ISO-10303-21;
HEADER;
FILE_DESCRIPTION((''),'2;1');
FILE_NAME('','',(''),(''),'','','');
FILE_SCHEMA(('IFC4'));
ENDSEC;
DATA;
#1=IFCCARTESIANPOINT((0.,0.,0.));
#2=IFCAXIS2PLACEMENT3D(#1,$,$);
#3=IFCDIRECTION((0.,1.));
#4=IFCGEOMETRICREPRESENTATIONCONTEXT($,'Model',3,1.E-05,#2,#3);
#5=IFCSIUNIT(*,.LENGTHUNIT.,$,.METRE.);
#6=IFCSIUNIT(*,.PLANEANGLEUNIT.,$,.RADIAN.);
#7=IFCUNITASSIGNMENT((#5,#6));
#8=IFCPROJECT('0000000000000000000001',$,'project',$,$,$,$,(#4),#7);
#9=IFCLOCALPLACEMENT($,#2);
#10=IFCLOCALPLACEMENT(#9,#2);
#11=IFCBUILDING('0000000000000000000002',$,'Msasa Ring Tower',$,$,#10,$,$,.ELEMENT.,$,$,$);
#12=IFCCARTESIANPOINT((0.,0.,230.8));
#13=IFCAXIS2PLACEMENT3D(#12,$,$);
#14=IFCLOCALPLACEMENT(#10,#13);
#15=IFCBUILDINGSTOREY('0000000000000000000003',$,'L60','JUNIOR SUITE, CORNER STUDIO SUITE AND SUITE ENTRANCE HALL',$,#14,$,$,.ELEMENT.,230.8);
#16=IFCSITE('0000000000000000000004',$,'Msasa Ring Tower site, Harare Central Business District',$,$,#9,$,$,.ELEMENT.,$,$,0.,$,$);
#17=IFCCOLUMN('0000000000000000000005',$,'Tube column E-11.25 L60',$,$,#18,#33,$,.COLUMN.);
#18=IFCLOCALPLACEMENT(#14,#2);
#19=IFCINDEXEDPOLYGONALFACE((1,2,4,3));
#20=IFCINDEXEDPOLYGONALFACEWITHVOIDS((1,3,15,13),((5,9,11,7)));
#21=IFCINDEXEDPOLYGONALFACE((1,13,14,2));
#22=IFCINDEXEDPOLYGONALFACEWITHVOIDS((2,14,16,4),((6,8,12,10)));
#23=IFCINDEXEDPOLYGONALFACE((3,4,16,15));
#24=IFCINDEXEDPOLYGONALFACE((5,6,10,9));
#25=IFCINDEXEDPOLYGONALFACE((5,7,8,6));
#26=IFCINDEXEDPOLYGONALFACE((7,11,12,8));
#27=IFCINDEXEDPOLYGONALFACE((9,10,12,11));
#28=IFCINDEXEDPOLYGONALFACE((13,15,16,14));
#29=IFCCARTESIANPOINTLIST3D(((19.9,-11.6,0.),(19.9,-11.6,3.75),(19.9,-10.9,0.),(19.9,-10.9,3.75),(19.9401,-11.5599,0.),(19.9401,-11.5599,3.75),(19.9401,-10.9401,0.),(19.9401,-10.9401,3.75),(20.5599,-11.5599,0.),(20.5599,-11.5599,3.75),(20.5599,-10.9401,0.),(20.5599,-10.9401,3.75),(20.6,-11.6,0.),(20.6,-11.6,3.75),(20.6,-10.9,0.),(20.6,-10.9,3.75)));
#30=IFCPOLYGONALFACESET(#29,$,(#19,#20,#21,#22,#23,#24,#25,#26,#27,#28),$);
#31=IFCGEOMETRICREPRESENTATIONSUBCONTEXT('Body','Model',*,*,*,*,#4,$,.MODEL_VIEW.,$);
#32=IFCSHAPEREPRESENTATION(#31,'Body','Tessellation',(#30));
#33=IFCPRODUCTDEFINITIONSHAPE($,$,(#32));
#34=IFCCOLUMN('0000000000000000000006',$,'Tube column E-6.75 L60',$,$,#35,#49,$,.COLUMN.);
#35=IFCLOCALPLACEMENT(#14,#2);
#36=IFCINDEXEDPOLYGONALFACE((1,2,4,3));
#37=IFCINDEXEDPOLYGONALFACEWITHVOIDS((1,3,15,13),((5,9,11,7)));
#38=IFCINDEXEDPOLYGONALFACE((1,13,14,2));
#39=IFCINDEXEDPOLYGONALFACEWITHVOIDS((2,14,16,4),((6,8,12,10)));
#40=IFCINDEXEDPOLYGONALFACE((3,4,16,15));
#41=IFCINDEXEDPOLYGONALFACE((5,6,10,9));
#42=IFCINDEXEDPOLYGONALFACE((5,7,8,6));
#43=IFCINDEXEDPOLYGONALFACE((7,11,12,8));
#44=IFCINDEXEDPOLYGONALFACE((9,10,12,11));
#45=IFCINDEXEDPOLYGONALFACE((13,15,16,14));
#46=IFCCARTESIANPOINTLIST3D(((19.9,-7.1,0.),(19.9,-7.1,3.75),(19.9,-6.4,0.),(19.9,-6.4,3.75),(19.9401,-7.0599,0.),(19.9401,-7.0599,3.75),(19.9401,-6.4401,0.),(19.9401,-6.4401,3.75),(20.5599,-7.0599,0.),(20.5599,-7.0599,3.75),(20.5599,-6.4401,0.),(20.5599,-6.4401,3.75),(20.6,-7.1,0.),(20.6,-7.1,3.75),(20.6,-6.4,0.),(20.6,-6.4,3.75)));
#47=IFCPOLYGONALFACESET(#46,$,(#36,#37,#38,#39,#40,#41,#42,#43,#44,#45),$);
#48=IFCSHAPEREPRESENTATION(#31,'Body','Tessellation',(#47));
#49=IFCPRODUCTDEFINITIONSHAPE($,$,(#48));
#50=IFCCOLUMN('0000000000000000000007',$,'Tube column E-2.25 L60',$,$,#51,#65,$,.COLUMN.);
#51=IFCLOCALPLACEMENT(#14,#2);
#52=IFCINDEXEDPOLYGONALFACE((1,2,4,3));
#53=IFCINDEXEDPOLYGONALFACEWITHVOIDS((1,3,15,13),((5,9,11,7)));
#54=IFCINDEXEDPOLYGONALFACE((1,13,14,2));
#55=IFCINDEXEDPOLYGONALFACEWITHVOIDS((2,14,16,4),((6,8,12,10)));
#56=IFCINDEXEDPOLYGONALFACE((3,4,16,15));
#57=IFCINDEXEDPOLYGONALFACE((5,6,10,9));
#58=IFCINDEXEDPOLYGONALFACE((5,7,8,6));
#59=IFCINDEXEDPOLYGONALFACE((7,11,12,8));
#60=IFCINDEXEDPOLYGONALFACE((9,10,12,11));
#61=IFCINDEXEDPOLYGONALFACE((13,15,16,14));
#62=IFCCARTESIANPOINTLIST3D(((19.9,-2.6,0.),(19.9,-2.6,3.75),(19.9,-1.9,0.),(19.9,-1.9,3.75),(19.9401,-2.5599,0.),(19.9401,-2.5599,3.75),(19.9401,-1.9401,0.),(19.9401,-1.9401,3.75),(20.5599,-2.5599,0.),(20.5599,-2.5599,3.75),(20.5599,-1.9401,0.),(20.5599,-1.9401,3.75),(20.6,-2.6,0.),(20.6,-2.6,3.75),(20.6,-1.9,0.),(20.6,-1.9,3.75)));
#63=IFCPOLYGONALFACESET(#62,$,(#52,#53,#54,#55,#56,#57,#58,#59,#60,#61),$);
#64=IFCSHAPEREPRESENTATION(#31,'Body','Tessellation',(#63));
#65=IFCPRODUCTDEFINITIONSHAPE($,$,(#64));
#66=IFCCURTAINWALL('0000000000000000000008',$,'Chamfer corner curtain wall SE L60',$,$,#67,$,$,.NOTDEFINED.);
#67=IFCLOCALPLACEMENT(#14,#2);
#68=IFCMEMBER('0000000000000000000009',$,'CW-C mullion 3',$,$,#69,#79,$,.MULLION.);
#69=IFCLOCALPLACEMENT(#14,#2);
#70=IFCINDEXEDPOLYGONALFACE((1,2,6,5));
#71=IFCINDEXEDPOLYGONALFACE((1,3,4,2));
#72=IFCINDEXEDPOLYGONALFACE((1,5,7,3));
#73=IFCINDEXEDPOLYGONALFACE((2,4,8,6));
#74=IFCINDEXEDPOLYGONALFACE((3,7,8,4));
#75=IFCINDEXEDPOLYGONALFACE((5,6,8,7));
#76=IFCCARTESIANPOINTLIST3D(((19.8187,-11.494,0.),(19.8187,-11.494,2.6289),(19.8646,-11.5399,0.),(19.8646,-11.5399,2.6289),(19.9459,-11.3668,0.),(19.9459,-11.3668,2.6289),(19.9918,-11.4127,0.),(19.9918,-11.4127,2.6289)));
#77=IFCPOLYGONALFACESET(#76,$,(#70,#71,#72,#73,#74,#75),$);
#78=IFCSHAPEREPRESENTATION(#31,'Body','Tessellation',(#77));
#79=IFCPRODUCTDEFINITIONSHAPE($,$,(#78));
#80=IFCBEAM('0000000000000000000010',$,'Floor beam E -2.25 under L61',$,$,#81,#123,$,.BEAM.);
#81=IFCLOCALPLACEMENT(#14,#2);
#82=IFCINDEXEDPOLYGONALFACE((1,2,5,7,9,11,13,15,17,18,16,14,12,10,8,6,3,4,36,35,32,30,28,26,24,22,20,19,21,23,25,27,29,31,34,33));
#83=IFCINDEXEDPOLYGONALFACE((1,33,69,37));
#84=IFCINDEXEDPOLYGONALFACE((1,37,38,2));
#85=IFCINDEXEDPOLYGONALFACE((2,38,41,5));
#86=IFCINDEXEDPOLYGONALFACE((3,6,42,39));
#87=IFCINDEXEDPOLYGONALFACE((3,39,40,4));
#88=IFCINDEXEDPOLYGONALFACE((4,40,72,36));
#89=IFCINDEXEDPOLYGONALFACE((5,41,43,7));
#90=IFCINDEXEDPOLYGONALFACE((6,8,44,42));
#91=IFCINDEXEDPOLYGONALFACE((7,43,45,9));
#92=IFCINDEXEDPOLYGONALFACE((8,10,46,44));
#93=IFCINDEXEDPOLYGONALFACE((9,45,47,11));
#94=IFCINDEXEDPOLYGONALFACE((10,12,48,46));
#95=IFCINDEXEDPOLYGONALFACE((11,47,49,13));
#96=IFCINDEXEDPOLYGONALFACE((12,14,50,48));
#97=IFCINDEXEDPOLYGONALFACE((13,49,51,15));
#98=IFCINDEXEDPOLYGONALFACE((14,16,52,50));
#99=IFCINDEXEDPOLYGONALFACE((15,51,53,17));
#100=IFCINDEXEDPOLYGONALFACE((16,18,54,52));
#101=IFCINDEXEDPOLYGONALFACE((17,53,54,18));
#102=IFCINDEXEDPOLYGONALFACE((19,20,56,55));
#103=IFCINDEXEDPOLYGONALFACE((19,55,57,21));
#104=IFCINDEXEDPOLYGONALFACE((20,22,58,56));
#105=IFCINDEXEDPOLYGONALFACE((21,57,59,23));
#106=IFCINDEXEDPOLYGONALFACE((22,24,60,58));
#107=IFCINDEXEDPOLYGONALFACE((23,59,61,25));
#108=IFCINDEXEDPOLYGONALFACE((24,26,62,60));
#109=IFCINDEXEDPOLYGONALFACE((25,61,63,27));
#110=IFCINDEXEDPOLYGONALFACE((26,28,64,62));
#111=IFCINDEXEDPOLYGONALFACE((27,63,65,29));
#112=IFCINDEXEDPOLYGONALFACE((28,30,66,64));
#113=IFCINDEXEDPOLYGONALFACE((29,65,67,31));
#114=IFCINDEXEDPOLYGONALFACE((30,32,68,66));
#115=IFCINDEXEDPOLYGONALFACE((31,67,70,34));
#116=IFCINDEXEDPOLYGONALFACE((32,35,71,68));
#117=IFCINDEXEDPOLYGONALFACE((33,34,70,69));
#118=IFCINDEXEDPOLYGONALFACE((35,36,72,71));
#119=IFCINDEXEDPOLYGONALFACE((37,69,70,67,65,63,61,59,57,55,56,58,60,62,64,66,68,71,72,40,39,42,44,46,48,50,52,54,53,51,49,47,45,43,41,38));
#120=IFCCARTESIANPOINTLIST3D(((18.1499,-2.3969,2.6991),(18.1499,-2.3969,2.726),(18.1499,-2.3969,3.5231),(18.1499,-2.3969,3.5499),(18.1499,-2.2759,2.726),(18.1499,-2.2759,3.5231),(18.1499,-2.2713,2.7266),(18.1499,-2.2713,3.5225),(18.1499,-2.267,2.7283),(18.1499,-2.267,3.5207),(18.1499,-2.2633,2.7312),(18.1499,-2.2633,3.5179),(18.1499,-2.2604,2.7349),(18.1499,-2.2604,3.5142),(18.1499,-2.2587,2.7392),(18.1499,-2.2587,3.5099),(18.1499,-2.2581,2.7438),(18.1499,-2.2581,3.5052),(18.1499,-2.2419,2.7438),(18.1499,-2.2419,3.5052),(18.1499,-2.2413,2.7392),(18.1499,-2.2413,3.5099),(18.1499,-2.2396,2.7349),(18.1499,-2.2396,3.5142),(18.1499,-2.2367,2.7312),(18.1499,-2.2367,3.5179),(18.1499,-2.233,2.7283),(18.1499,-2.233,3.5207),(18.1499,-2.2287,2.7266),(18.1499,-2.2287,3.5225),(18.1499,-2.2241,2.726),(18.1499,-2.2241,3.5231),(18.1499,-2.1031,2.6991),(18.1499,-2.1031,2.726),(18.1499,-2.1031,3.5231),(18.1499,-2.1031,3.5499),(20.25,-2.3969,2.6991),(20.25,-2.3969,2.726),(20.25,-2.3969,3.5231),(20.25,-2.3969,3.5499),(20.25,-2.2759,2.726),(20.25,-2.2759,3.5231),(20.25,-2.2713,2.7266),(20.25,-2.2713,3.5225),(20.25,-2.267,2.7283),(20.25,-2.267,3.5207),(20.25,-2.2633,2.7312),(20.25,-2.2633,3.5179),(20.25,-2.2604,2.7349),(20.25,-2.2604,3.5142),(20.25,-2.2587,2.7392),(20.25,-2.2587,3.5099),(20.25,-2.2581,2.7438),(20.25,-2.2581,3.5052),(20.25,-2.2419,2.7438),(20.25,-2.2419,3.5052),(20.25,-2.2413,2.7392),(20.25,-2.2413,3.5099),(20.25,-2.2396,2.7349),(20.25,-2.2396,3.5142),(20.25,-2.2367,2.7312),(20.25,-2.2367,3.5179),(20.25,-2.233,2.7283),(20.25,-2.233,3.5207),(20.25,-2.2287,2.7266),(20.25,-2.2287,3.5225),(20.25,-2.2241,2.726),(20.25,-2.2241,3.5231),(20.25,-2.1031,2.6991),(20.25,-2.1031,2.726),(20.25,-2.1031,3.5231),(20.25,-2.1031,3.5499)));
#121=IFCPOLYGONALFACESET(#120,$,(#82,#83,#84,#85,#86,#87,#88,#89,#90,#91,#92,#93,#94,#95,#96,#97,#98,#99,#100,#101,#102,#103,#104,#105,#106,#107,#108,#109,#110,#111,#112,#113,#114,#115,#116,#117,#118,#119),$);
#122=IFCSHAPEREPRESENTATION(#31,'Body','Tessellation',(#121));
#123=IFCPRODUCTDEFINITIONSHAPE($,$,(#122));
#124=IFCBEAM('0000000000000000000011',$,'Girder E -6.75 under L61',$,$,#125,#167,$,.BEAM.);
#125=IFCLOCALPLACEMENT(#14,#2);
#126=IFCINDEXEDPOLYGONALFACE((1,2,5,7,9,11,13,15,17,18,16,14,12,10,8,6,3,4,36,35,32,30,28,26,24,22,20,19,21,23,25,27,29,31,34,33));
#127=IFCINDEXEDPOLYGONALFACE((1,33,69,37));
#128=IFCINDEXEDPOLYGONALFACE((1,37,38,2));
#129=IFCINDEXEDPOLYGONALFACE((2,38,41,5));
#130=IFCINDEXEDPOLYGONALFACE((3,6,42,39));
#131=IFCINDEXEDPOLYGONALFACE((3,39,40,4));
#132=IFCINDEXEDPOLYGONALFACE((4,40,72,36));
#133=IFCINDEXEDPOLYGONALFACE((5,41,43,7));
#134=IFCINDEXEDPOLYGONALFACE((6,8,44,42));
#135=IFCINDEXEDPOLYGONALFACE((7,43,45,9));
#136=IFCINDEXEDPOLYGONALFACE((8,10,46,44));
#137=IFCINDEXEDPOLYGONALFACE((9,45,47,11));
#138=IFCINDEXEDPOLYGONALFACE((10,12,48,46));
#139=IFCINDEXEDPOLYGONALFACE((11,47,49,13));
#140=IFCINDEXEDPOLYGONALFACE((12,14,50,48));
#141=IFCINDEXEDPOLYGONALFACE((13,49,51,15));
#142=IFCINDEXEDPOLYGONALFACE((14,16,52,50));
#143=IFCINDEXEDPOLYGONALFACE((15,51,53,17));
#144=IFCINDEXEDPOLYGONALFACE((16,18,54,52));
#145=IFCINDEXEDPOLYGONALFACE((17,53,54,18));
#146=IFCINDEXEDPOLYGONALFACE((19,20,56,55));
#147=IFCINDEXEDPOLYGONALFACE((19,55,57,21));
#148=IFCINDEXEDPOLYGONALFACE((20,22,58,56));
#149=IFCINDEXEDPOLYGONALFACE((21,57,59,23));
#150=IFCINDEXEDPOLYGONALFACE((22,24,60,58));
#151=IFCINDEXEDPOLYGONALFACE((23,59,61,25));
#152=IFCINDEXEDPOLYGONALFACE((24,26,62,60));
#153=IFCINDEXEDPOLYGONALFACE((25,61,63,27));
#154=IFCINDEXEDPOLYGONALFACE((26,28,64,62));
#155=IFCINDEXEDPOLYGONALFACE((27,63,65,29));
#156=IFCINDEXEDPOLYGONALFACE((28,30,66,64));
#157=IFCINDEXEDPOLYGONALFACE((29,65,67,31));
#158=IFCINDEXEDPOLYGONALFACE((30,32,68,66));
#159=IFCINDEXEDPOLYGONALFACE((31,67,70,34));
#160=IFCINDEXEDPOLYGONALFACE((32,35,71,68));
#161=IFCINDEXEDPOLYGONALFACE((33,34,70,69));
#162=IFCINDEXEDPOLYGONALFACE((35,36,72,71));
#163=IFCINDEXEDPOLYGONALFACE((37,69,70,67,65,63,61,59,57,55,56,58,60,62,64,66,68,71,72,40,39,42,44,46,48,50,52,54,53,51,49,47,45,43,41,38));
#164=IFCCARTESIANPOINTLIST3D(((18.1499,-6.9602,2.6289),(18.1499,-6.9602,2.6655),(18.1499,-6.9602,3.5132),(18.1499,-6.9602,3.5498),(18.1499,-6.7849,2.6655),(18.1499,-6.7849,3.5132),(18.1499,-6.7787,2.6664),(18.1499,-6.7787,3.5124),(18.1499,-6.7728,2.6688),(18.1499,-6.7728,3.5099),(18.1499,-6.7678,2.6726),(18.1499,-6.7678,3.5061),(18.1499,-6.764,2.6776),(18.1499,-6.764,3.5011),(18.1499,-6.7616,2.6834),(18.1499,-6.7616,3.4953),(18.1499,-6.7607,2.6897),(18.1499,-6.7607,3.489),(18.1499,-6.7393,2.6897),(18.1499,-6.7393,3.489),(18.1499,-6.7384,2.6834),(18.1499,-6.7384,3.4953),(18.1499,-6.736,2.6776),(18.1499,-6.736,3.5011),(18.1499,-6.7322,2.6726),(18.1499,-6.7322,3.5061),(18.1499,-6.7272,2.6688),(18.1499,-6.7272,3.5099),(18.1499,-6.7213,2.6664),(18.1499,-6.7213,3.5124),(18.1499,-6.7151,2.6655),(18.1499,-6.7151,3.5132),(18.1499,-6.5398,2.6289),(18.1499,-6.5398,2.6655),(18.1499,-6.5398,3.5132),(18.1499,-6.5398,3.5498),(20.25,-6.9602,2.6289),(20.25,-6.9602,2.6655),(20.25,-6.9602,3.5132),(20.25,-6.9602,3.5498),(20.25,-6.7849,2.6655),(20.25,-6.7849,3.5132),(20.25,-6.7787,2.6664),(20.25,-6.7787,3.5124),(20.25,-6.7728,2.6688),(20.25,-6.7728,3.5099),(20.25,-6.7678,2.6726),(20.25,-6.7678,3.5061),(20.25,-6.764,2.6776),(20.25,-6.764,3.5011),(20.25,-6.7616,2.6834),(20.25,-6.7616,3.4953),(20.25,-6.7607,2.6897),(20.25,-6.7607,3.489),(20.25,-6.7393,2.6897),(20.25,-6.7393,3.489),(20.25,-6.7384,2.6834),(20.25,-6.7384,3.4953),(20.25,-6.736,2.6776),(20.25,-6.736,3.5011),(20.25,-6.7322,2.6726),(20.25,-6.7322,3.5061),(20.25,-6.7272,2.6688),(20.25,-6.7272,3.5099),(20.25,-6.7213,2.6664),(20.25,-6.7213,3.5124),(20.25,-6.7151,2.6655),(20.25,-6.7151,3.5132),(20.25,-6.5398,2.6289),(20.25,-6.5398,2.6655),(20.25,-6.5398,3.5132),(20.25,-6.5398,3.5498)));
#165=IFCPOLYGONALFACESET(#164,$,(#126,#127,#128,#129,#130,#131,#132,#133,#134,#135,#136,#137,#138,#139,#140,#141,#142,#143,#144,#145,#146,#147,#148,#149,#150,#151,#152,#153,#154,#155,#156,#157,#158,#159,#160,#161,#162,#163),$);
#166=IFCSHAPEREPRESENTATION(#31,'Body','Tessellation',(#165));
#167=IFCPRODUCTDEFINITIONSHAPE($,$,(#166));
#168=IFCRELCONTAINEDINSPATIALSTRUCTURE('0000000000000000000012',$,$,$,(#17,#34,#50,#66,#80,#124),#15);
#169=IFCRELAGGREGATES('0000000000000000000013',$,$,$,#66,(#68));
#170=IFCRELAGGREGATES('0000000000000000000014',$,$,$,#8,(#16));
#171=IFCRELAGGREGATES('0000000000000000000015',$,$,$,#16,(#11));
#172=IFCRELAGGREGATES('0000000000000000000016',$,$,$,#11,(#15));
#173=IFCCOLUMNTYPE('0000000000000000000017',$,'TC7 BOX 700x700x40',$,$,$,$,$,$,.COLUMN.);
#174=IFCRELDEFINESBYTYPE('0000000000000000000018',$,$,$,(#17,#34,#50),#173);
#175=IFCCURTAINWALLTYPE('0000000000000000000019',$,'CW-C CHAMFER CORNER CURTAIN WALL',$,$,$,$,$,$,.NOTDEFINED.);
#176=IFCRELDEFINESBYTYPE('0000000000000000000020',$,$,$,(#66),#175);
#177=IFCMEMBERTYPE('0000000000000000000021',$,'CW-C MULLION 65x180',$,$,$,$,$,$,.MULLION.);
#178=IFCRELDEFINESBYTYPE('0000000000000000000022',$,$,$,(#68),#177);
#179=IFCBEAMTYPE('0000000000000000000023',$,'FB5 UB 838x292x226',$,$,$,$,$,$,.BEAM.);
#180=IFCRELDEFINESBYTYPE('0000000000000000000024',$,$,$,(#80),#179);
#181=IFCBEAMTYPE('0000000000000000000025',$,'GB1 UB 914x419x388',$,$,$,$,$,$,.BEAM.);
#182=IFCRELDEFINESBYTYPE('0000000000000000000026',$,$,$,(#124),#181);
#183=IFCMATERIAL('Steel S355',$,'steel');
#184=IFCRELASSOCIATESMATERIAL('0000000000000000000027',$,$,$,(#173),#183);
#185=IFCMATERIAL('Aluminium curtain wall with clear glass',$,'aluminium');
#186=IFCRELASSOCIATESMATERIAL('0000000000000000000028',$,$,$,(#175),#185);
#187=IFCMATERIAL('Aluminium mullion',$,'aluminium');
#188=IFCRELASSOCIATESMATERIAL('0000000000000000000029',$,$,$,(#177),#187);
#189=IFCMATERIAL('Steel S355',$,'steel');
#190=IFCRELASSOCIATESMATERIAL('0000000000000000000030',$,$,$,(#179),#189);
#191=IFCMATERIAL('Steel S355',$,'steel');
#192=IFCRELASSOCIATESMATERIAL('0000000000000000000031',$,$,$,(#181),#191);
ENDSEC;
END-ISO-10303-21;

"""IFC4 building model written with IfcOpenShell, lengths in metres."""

from ifc_helpers import new_model, si_unit, direction, frame, origin, origin_2d, place, context, subcontext, project, spatial, rectangle, hollow_rectangle, i_section, extrude, material, material_profile, profile_set, type_object, element, aggregate, save


model = new_model("IFC4")

# Units and contexts
model_context = context("Model", 3, precision=1e-05, world=origin(), true_north=direction((0.0, 1.0)))
body_context = subcontext(model_context, "Body", "Model", "MODEL_VIEW")
ifc_project = project(units=[si_unit("LENGTHUNIT", "METRE"), si_unit("PLANEANGLEUNIT", "RADIAN")], contexts=[model_context])

# Site, building, storey
site_placement = place(None, origin())
site = spatial("IfcSite", under=ifc_project, at=site_placement, Name="Msasa Ring Tower site, Harare Central Business District", CompositionType="ELEMENT", RefElevation=0.0)
building_placement = place(site_placement, origin())
building = spatial("IfcBuilding", under=site, at=building_placement, Name="Msasa Ring Tower", CompositionType="ELEMENT")
storey_placement = place(building_placement, frame((0.0, 0.0, 230.8)))
storey = spatial("IfcBuildingStorey", under=building, at=storey_placement, Name="L60", Description="JUNIOR SUITE, CORNER STUDIO SUITE AND SUITE ENTRANCE HALL", CompositionType="ELEMENT", Elevation=230.8)

# Columns
ifc_material_1 = material(Name="Steel S355", Category="steel")
ifc_material_profile_1 = material_profile(ifc_material_1, hollow_rectangle(XDim=0.7, YDim=0.7, WallThickness=0.04, at=origin_2d()), Name="BOX 700x700x40")
ifc_profile_set_1 = profile_set([ifc_material_profile_1], Name="Steel S355")
column_type = type_object("IfcColumnType", Name="TC7 BOX 700x700x40", PredefinedType="COLUMN", material=ifc_profile_set_1)
for number, where, z_axis, x_axis, name in (
    (1, (20.25, -11.25, 0.0), (0.0, 0.0, 1.0), (1.0, 0.0, 0.0), "Tube column E-11.25 L60"),
    (2, (20.25, -6.75, 0.0), (0.0, 0.0, 1.0), (1.0, 0.0, 0.0), "Tube column E-6.75 L60"),
    (3, (20.25, -2.25, 0.0), (0.0, 0.0, 1.0), (1.0, 0.0, 0.0), "Tube column E-2.25 L60"),
):
    element("IfcColumn", number, at=place(storey_placement, frame(where, z_axis=z_axis, x_axis=x_axis)), inside=storey, type_object=column_type, Name=name, PredefinedType="COLUMN", context=body_context, shape_type="SweptSolid", body=[
        extrude(hollow_rectangle(XDim=0.7, YDim=0.7, WallThickness=0.04, at=origin_2d()), origin(), (0.0, 0.0, 1.0), 3.75),
    ])

# Curtain wall, member
ifc_material_2 = material(Name="Aluminium curtain wall with clear glass", Category="aluminium")
curtain_wall_type = type_object("IfcCurtainWallType", Name="CW-C CHAMFER CORNER CURTAIN WALL", PredefinedType="NOTDEFINED", material=ifc_material_2)
curtain_wall_placement = place(storey_placement, origin())
curtain_wall = element("IfcCurtainWall", 4, at=curtain_wall_placement, inside=storey, type_object=curtain_wall_type, Name="Chamfer corner curtain wall SE L60", PredefinedType="NOTDEFINED")
ifc_material_3 = material(Name="Aluminium mullion", Category="aluminium")
ifc_material_profile_2 = material_profile(ifc_material_3, rectangle(XDim=0.0649, YDim=0.1799, at=origin_2d()), Name="AL 65x180")
ifc_profile_set_2 = profile_set([ifc_material_profile_2], Name="Aluminium mullion")
member_type = type_object("IfcMemberType", Name="CW-C MULLION 65x180", PredefinedType="MULLION", material=ifc_profile_set_2)
member_placement = place(storey_placement, frame((19.9053, -11.4534, 0.0), z_axis=(0.0, 0.0, 1.0), x_axis=(-0.707107, 0.707107, 0.0)))
member = element("IfcMember", 5, at=member_placement, type_object=member_type, Name="CW-C mullion 3", PredefinedType="MULLION", context=body_context, shape_type="SweptSolid", body=[
    extrude(rectangle(XDim=0.0649, YDim=0.1799, at=origin_2d()), origin(), (0.0, 0.0, 1.0), 2.6289),
])
aggregate(curtain_wall, [member])

# Beams
ifc_material_4 = material(Name="Steel S355", Category="steel")
ifc_material_profile_3 = material_profile(ifc_material_4, i_section(OverallWidth=0.2937, OverallDepth=0.8508, WebThickness=0.0161, FlangeThickness=0.0269, FilletRadius=0.0178, at=origin_2d()), Name="UB 838x292x226")
ifc_profile_set_3 = profile_set([ifc_material_profile_3], Name="Steel S355")
beam_type_1 = type_object("IfcBeamType", Name="FB5 UB 838x292x226", PredefinedType="BEAM", material=ifc_profile_set_3)
beam_1_placement = place(storey_placement, frame((20.25, -2.25, 3.1245), z_axis=(-1.0, 0.0, 0.0), x_axis=(0.0, -1.0, 0.0)))
element("IfcBeam", 6, at=beam_1_placement, inside=storey, type_object=beam_type_1, Name="Floor beam E -2.25 under L61", PredefinedType="BEAM", context=body_context, shape_type="SweptSolid", body=[
    extrude(i_section(OverallWidth=0.2937, OverallDepth=0.8508, WebThickness=0.0161, FlangeThickness=0.0269, FilletRadius=0.0178, at=origin_2d()), origin(), (0.0, 0.0, 1.0), 2.1001),
])
ifc_material_5 = material(Name="Steel S355", Category="steel")
ifc_material_profile_4 = material_profile(ifc_material_5, i_section(OverallWidth=0.4204, OverallDepth=0.9209, WebThickness=0.0215, FlangeThickness=0.0366, FilletRadius=0.0242, at=origin_2d()), Name="UB 914x419x388")
ifc_profile_set_4 = profile_set([ifc_material_profile_4], Name="Steel S355")
beam_type_2 = type_object("IfcBeamType", Name="GB1 UB 914x419x388", PredefinedType="BEAM", material=ifc_profile_set_4)
beam_2_placement = place(storey_placement, frame((18.1499, -6.75, 3.0894), z_axis=(1.0, 0.0, 0.0), x_axis=(0.0, 1.0, 0.0)))
element("IfcBeam", 7, at=beam_2_placement, inside=storey, type_object=beam_type_2, Name="Girder E -6.75 under L61", PredefinedType="BEAM", context=body_context, shape_type="SweptSolid", body=[
    extrude(i_section(OverallWidth=0.4204, OverallDepth=0.9209, WebThickness=0.0215, FlangeThickness=0.0366, FilletRadius=0.0242, at=origin_2d()), origin(), (0.0, 0.0, 1.0), 2.1001),
])

save(model, "model.ifc")
